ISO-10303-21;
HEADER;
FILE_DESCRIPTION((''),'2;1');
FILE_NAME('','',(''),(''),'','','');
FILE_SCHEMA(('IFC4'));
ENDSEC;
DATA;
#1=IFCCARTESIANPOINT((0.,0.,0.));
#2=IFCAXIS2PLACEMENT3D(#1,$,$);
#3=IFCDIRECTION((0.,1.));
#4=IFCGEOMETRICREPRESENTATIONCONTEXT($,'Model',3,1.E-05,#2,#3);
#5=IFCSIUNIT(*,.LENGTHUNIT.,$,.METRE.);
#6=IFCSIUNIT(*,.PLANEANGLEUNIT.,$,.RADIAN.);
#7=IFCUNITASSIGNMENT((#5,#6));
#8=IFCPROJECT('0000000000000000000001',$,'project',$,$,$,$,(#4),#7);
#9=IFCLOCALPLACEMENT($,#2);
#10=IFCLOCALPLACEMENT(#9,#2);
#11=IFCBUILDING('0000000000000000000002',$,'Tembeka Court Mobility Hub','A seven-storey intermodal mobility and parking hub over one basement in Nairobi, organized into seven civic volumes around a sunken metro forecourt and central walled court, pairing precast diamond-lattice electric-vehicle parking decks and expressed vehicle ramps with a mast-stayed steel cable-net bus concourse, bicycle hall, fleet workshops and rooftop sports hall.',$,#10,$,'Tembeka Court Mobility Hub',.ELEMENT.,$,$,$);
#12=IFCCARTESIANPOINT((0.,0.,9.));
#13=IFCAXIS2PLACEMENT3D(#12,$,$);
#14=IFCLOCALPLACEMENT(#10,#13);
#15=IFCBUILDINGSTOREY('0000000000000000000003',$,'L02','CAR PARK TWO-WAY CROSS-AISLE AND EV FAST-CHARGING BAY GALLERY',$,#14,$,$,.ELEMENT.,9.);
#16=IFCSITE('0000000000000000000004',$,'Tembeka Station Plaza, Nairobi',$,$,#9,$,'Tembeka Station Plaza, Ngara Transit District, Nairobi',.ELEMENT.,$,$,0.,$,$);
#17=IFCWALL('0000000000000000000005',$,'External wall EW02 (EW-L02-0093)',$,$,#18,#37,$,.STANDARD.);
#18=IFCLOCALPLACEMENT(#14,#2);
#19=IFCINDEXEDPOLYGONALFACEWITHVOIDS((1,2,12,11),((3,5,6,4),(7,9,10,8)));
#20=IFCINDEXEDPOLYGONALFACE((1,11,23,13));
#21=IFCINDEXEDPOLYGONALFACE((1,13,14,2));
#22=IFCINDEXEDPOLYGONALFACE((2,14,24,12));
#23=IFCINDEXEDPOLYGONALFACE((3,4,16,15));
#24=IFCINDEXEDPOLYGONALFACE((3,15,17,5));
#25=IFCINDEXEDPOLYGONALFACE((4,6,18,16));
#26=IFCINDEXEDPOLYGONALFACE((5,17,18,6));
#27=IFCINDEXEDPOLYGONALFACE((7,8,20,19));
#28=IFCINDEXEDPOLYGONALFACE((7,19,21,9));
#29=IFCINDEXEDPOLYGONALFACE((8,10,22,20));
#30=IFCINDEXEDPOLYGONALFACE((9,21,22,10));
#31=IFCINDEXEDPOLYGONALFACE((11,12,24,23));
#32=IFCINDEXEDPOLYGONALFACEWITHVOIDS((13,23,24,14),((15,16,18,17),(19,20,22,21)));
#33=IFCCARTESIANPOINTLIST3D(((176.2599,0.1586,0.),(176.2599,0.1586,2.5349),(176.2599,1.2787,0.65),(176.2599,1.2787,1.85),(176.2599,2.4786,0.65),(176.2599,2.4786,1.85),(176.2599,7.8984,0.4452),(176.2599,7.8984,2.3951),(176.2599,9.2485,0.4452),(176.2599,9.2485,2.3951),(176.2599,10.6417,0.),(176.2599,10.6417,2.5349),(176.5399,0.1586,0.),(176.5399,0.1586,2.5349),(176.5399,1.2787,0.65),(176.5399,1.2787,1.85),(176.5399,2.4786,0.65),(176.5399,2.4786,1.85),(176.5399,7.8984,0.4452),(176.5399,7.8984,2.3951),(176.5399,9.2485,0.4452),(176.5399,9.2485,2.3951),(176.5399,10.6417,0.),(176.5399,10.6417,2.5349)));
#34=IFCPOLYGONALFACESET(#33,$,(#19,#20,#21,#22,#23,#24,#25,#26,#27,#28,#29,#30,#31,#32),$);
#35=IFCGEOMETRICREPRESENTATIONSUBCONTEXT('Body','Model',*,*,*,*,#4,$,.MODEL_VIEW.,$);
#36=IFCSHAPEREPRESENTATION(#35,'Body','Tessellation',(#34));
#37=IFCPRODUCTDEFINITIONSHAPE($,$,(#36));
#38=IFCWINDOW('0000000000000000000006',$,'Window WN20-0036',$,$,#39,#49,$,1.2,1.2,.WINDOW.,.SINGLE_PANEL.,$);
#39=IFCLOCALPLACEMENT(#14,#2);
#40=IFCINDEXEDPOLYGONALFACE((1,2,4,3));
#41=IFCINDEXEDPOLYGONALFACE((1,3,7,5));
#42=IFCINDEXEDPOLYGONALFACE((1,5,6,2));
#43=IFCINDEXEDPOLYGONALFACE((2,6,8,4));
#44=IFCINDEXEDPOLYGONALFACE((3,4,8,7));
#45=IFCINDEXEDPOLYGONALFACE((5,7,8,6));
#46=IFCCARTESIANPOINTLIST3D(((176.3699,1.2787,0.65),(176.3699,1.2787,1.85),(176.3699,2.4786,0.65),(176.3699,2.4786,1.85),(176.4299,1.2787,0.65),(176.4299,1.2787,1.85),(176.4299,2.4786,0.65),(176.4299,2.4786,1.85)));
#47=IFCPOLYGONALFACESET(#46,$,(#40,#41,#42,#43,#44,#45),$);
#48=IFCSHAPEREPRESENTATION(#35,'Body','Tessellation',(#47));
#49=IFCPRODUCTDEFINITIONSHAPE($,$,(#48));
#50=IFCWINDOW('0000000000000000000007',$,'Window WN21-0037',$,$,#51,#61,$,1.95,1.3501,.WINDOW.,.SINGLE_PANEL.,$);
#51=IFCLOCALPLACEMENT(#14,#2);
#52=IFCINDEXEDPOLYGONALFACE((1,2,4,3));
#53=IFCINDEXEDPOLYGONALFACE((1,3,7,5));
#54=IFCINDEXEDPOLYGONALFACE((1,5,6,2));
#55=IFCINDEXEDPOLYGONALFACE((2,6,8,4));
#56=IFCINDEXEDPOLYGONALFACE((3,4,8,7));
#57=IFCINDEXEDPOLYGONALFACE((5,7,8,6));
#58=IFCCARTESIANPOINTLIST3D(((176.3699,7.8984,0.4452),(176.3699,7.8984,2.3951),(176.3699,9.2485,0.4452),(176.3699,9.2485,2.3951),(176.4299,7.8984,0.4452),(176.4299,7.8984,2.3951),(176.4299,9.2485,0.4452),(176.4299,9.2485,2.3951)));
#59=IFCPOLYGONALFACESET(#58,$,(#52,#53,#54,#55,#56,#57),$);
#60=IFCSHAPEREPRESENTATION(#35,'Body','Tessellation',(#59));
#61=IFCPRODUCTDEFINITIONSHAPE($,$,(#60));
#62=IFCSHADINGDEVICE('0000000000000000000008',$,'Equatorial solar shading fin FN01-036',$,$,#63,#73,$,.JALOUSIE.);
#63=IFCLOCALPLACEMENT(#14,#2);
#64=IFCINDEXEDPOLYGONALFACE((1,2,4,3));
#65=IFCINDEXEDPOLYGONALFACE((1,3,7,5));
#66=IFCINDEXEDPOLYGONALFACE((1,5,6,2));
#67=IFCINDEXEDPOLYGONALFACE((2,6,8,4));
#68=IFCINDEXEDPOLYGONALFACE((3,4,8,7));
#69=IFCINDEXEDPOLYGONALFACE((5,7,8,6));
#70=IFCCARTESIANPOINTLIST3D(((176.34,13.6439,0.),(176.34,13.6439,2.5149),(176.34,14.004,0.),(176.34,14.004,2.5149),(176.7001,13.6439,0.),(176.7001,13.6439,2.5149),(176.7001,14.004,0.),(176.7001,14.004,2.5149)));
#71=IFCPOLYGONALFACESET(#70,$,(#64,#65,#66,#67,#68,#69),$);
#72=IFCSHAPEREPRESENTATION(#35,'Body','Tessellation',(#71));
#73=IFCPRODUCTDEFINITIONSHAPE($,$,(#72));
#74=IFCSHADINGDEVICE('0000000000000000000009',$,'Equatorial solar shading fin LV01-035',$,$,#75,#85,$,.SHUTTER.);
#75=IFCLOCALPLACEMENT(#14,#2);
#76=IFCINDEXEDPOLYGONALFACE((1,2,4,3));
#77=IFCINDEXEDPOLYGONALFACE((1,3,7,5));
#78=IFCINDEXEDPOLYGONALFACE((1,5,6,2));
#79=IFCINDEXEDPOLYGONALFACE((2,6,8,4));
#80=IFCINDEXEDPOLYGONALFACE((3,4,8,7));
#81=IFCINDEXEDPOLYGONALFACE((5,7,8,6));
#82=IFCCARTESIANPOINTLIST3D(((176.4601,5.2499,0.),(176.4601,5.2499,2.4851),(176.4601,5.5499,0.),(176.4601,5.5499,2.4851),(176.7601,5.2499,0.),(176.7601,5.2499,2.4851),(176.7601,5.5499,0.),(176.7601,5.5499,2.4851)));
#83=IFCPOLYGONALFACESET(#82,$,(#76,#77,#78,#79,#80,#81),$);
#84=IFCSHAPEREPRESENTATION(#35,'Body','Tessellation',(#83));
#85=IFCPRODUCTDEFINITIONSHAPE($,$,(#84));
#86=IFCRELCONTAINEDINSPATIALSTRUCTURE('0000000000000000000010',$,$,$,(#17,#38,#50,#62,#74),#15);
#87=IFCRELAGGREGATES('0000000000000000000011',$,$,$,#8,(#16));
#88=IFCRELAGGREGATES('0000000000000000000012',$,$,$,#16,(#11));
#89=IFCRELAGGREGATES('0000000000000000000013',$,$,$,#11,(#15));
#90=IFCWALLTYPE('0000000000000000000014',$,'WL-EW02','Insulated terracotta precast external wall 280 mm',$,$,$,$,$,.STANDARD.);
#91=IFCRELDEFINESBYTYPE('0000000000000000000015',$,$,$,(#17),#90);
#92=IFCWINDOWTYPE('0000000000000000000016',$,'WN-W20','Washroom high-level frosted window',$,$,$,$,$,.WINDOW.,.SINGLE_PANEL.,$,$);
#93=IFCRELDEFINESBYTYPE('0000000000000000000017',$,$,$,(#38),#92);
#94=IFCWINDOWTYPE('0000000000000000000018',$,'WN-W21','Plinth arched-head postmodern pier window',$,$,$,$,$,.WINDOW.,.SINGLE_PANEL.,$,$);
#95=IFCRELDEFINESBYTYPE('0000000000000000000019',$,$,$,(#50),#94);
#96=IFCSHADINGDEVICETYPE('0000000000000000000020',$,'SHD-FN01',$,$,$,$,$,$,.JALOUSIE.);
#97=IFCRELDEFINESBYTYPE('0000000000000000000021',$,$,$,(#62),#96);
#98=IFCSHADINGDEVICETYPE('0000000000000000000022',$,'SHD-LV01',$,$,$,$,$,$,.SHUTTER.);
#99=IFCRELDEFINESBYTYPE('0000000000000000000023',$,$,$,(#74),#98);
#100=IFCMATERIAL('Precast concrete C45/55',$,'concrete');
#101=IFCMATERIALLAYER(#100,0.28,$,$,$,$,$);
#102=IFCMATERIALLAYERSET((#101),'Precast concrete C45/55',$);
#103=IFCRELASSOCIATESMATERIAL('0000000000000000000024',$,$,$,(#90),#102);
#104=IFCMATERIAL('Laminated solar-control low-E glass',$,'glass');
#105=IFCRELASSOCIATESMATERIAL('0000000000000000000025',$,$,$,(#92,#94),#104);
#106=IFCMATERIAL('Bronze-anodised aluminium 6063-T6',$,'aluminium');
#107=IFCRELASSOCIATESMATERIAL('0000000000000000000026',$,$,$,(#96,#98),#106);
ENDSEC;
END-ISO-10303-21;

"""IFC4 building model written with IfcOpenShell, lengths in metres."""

from ifc_helpers import new_model, si_unit, direction, frame, frame_2d, origin, origin_2d, place, context, subcontext, project, spatial, rectangle, extrude, material, layer, layer_set, material_profile, profile_set, type_object, element, fill, save


model = new_model("IFC4")

# Units and contexts
model_context = context("Model", 3, precision=1e-05, world=origin(), true_north=direction((0.0, 1.0)))
body_context = subcontext(model_context, "Body", "Model", "MODEL_VIEW")
ifc_project = project(units=[si_unit("LENGTHUNIT", "METRE"), si_unit("PLANEANGLEUNIT", "RADIAN")], contexts=[model_context])

# Site, building, storey
site_placement = place(None, origin())
site = spatial("IfcSite", under=ifc_project, at=site_placement, Name="Tembeka Station Plaza, Nairobi", LongName="Tembeka Station Plaza, Ngara Transit District, Nairobi", CompositionType="ELEMENT", RefElevation=0.0)
building_placement = place(site_placement, origin())
building = spatial("IfcBuilding", under=site, at=building_placement, Name="Tembeka Court Mobility Hub", Description="A seven-storey intermodal mobility and parking hub over one basement in Nairobi, organized into seven civic volumes around a sunken metro forecourt and central walled court, pairing precast diamond-lattice electric-vehicle parking decks and expressed vehicle ramps with a mast-stayed steel cable-net bus concourse, bicycle hall, fleet workshops and rooftop sports hall.", LongName="Tembeka Court Mobility Hub", CompositionType="ELEMENT")
storey_placement = place(building_placement, frame((0.0, 0.0, 9.0)))
storey = spatial("IfcBuildingStorey", under=building, at=storey_placement, Name="L02", Description="CAR PARK TWO-WAY CROSS-AISLE AND EV FAST-CHARGING BAY GALLERY", CompositionType="ELEMENT", Elevation=9.0)

# Shared definitions
ifc_material_1 = material(Name="Laminated solar-control low-E glass", Category="glass")

# Wall, openings, windows
ifc_material_2 = material(Name="Precast concrete C45/55", Category="concrete")
ifc_layer_1 = layer(ifc_material_2, 0.28)
ifc_layer_set_1 = layer_set([ifc_layer_1], Name="Precast concrete C45/55")
wall_type = type_object("IfcWallType", Name="WL-EW02", Description="Insulated terracotta precast external wall 280 mm", PredefinedType="STANDARD", material=ifc_layer_set_1)
wall_placement = place(storey_placement, frame((176.3999, 0.1584, 0.0), z_axis=(0.0, 0.0, 1.0), x_axis=(0.0, 1.0, 0.0)))
wall = element("IfcWall", 1, at=wall_placement, inside=storey, type_object=wall_type, Name="External wall EW02 (EW-L02-0093)", PredefinedType="STANDARD", context=body_context, shape_type="SweptSolid", body=[
    extrude(rectangle(XDim=10.4832, YDim=0.28, at=frame_2d((5.2417, 0.0))), origin(), (0.0, 0.0, 1.0), 2.5349),
])
opening_1_placement = place(wall_placement, frame((1.1201, 0.0, 0.6499)))
opening_1 = element("IfcOpeningElement", 2, at=opening_1_placement, cuts=wall, PredefinedType="OPENING", context=body_context, shape_type="SweptSolid", body=[
    extrude(rectangle(XDim=1.2, YDim=1.2, at=frame_2d((0.6001, 0.6001))), frame((0.0, 0.1499, 0.0), z_axis=(0.0, -1.0, 0.0), x_axis=(1.0, 0.0, 0.0)), (0.0, 0.0, 1.0), 0.3),
])
opening_2_placement = place(wall_placement, frame((7.74, 0.0, 0.4451)))
opening_2 = element("IfcOpeningElement", 3, at=opening_2_placement, cuts=wall, PredefinedType="OPENING", context=body_context, shape_type="SweptSolid", body=[
    extrude(rectangle(XDim=1.3501, YDim=1.95, at=frame_2d((0.675, 0.9751))), frame((0.0, 0.1499, 0.0), z_axis=(0.0, -1.0, 0.0), x_axis=(1.0, 0.0, 0.0)), (0.0, 0.0, 1.0), 0.3),
])
window_type_1 = type_object("IfcWindowType", Name="WN-W20", Description="Washroom high-level frosted window", PartitioningType="SINGLE_PANEL", PredefinedType="WINDOW", material=ifc_material_1)
window_1_placement = place(opening_1_placement, origin())
window_1 = element("IfcWindow", 4, at=window_1_placement, inside=storey, type_object=window_type_1, Name="Window WN20-0036", OverallHeight=1.2, OverallWidth=1.2, PartitioningType="SINGLE_PANEL", PredefinedType="WINDOW", context=body_context, shape_type="SweptSolid", body=[
    extrude(rectangle(XDim=1.2, YDim=1.2, at=frame_2d((0.6001, 0.6001))), frame((0.0, 0.03, 0.0), z_axis=(0.0, -1.0, 0.0), x_axis=(1.0, 0.0, 0.0)), (0.0, 0.0, 1.0), 0.0601),
])
fill(opening_1, window_1)
window_type_2 = type_object("IfcWindowType", Name="WN-W21", Description="Plinth arched-head postmodern pier window", PartitioningType="SINGLE_PANEL", PredefinedType="WINDOW", material=ifc_material_1)
window_2_placement = place(opening_2_placement, origin())
window_2 = element("IfcWindow", 5, at=window_2_placement, inside=storey, type_object=window_type_2, Name="Window WN21-0037", OverallHeight=1.95, OverallWidth=1.3501, PartitioningType="SINGLE_PANEL", PredefinedType="WINDOW", context=body_context, shape_type="SweptSolid", body=[
    extrude(rectangle(XDim=1.3501, YDim=1.95, at=frame_2d((0.675, 0.9751))), frame((0.0, 0.03, 0.0), z_axis=(0.0, -1.0, 0.0), x_axis=(1.0, 0.0, 0.0)), (0.0, 0.0, 1.0), 0.0601),
])
fill(opening_2, window_2)

# Shading devices
ifc_material_3 = material(Name="Bronze-anodised aluminium 6063-T6", Category="aluminium")
ifc_material_profile_1 = material_profile(ifc_material_3, rectangle(XDim=0.3601, YDim=0.3601, at=origin_2d()), Name="ALU-FIN 360x360")
ifc_profile_set_1 = profile_set([ifc_material_profile_1], Name="Bronze-anodised aluminium 6063-T6")
shading_device_type_1 = type_object("IfcShadingDeviceType", Name="SHD-FN01", PredefinedType="JALOUSIE", material=ifc_profile_set_1)
shading_device_1_placement = place(storey_placement, frame((176.52, 13.824, 0.0), z_axis=(0.0, 0.0, 1.0), x_axis=(1.0, 0.0, 0.0)))
element("IfcShadingDevice", 6, at=shading_device_1_placement, inside=storey, type_object=shading_device_type_1, Name="Equatorial solar shading fin FN01-036", PredefinedType="JALOUSIE", context=body_context, shape_type="SweptSolid", body=[
    extrude(rectangle(XDim=0.3601, YDim=0.3601, at=origin_2d()), origin(), (0.0, 0.0, 1.0), 2.5149),
])
ifc_material_profile_2 = material_profile(ifc_material_3, rectangle(XDim=0.3, YDim=0.3, at=origin_2d()), Name="ALU-LVR 300x300")
ifc_profile_set_2 = profile_set([ifc_material_profile_2], Name="Bronze-anodised aluminium 6063-T6")
shading_device_type_2 = type_object("IfcShadingDeviceType", Name="SHD-LV01", PredefinedType="SHUTTER", material=ifc_profile_set_2)
shading_device_2_placement = place(storey_placement, frame((176.6101, 5.3999, 0.0), z_axis=(0.0, 0.0, 1.0), x_axis=(1.0, 0.0, 0.0)))
element("IfcShadingDevice", 7, at=shading_device_2_placement, inside=storey, type_object=shading_device_type_2, Name="Equatorial solar shading fin LV01-035", PredefinedType="SHUTTER", context=body_context, shape_type="SweptSolid", body=[
    extrude(rectangle(XDim=0.3, YDim=0.3, at=origin_2d()), origin(), (0.0, 0.0, 1.0), 2.4851),
])

save(model, "model.ifc")
